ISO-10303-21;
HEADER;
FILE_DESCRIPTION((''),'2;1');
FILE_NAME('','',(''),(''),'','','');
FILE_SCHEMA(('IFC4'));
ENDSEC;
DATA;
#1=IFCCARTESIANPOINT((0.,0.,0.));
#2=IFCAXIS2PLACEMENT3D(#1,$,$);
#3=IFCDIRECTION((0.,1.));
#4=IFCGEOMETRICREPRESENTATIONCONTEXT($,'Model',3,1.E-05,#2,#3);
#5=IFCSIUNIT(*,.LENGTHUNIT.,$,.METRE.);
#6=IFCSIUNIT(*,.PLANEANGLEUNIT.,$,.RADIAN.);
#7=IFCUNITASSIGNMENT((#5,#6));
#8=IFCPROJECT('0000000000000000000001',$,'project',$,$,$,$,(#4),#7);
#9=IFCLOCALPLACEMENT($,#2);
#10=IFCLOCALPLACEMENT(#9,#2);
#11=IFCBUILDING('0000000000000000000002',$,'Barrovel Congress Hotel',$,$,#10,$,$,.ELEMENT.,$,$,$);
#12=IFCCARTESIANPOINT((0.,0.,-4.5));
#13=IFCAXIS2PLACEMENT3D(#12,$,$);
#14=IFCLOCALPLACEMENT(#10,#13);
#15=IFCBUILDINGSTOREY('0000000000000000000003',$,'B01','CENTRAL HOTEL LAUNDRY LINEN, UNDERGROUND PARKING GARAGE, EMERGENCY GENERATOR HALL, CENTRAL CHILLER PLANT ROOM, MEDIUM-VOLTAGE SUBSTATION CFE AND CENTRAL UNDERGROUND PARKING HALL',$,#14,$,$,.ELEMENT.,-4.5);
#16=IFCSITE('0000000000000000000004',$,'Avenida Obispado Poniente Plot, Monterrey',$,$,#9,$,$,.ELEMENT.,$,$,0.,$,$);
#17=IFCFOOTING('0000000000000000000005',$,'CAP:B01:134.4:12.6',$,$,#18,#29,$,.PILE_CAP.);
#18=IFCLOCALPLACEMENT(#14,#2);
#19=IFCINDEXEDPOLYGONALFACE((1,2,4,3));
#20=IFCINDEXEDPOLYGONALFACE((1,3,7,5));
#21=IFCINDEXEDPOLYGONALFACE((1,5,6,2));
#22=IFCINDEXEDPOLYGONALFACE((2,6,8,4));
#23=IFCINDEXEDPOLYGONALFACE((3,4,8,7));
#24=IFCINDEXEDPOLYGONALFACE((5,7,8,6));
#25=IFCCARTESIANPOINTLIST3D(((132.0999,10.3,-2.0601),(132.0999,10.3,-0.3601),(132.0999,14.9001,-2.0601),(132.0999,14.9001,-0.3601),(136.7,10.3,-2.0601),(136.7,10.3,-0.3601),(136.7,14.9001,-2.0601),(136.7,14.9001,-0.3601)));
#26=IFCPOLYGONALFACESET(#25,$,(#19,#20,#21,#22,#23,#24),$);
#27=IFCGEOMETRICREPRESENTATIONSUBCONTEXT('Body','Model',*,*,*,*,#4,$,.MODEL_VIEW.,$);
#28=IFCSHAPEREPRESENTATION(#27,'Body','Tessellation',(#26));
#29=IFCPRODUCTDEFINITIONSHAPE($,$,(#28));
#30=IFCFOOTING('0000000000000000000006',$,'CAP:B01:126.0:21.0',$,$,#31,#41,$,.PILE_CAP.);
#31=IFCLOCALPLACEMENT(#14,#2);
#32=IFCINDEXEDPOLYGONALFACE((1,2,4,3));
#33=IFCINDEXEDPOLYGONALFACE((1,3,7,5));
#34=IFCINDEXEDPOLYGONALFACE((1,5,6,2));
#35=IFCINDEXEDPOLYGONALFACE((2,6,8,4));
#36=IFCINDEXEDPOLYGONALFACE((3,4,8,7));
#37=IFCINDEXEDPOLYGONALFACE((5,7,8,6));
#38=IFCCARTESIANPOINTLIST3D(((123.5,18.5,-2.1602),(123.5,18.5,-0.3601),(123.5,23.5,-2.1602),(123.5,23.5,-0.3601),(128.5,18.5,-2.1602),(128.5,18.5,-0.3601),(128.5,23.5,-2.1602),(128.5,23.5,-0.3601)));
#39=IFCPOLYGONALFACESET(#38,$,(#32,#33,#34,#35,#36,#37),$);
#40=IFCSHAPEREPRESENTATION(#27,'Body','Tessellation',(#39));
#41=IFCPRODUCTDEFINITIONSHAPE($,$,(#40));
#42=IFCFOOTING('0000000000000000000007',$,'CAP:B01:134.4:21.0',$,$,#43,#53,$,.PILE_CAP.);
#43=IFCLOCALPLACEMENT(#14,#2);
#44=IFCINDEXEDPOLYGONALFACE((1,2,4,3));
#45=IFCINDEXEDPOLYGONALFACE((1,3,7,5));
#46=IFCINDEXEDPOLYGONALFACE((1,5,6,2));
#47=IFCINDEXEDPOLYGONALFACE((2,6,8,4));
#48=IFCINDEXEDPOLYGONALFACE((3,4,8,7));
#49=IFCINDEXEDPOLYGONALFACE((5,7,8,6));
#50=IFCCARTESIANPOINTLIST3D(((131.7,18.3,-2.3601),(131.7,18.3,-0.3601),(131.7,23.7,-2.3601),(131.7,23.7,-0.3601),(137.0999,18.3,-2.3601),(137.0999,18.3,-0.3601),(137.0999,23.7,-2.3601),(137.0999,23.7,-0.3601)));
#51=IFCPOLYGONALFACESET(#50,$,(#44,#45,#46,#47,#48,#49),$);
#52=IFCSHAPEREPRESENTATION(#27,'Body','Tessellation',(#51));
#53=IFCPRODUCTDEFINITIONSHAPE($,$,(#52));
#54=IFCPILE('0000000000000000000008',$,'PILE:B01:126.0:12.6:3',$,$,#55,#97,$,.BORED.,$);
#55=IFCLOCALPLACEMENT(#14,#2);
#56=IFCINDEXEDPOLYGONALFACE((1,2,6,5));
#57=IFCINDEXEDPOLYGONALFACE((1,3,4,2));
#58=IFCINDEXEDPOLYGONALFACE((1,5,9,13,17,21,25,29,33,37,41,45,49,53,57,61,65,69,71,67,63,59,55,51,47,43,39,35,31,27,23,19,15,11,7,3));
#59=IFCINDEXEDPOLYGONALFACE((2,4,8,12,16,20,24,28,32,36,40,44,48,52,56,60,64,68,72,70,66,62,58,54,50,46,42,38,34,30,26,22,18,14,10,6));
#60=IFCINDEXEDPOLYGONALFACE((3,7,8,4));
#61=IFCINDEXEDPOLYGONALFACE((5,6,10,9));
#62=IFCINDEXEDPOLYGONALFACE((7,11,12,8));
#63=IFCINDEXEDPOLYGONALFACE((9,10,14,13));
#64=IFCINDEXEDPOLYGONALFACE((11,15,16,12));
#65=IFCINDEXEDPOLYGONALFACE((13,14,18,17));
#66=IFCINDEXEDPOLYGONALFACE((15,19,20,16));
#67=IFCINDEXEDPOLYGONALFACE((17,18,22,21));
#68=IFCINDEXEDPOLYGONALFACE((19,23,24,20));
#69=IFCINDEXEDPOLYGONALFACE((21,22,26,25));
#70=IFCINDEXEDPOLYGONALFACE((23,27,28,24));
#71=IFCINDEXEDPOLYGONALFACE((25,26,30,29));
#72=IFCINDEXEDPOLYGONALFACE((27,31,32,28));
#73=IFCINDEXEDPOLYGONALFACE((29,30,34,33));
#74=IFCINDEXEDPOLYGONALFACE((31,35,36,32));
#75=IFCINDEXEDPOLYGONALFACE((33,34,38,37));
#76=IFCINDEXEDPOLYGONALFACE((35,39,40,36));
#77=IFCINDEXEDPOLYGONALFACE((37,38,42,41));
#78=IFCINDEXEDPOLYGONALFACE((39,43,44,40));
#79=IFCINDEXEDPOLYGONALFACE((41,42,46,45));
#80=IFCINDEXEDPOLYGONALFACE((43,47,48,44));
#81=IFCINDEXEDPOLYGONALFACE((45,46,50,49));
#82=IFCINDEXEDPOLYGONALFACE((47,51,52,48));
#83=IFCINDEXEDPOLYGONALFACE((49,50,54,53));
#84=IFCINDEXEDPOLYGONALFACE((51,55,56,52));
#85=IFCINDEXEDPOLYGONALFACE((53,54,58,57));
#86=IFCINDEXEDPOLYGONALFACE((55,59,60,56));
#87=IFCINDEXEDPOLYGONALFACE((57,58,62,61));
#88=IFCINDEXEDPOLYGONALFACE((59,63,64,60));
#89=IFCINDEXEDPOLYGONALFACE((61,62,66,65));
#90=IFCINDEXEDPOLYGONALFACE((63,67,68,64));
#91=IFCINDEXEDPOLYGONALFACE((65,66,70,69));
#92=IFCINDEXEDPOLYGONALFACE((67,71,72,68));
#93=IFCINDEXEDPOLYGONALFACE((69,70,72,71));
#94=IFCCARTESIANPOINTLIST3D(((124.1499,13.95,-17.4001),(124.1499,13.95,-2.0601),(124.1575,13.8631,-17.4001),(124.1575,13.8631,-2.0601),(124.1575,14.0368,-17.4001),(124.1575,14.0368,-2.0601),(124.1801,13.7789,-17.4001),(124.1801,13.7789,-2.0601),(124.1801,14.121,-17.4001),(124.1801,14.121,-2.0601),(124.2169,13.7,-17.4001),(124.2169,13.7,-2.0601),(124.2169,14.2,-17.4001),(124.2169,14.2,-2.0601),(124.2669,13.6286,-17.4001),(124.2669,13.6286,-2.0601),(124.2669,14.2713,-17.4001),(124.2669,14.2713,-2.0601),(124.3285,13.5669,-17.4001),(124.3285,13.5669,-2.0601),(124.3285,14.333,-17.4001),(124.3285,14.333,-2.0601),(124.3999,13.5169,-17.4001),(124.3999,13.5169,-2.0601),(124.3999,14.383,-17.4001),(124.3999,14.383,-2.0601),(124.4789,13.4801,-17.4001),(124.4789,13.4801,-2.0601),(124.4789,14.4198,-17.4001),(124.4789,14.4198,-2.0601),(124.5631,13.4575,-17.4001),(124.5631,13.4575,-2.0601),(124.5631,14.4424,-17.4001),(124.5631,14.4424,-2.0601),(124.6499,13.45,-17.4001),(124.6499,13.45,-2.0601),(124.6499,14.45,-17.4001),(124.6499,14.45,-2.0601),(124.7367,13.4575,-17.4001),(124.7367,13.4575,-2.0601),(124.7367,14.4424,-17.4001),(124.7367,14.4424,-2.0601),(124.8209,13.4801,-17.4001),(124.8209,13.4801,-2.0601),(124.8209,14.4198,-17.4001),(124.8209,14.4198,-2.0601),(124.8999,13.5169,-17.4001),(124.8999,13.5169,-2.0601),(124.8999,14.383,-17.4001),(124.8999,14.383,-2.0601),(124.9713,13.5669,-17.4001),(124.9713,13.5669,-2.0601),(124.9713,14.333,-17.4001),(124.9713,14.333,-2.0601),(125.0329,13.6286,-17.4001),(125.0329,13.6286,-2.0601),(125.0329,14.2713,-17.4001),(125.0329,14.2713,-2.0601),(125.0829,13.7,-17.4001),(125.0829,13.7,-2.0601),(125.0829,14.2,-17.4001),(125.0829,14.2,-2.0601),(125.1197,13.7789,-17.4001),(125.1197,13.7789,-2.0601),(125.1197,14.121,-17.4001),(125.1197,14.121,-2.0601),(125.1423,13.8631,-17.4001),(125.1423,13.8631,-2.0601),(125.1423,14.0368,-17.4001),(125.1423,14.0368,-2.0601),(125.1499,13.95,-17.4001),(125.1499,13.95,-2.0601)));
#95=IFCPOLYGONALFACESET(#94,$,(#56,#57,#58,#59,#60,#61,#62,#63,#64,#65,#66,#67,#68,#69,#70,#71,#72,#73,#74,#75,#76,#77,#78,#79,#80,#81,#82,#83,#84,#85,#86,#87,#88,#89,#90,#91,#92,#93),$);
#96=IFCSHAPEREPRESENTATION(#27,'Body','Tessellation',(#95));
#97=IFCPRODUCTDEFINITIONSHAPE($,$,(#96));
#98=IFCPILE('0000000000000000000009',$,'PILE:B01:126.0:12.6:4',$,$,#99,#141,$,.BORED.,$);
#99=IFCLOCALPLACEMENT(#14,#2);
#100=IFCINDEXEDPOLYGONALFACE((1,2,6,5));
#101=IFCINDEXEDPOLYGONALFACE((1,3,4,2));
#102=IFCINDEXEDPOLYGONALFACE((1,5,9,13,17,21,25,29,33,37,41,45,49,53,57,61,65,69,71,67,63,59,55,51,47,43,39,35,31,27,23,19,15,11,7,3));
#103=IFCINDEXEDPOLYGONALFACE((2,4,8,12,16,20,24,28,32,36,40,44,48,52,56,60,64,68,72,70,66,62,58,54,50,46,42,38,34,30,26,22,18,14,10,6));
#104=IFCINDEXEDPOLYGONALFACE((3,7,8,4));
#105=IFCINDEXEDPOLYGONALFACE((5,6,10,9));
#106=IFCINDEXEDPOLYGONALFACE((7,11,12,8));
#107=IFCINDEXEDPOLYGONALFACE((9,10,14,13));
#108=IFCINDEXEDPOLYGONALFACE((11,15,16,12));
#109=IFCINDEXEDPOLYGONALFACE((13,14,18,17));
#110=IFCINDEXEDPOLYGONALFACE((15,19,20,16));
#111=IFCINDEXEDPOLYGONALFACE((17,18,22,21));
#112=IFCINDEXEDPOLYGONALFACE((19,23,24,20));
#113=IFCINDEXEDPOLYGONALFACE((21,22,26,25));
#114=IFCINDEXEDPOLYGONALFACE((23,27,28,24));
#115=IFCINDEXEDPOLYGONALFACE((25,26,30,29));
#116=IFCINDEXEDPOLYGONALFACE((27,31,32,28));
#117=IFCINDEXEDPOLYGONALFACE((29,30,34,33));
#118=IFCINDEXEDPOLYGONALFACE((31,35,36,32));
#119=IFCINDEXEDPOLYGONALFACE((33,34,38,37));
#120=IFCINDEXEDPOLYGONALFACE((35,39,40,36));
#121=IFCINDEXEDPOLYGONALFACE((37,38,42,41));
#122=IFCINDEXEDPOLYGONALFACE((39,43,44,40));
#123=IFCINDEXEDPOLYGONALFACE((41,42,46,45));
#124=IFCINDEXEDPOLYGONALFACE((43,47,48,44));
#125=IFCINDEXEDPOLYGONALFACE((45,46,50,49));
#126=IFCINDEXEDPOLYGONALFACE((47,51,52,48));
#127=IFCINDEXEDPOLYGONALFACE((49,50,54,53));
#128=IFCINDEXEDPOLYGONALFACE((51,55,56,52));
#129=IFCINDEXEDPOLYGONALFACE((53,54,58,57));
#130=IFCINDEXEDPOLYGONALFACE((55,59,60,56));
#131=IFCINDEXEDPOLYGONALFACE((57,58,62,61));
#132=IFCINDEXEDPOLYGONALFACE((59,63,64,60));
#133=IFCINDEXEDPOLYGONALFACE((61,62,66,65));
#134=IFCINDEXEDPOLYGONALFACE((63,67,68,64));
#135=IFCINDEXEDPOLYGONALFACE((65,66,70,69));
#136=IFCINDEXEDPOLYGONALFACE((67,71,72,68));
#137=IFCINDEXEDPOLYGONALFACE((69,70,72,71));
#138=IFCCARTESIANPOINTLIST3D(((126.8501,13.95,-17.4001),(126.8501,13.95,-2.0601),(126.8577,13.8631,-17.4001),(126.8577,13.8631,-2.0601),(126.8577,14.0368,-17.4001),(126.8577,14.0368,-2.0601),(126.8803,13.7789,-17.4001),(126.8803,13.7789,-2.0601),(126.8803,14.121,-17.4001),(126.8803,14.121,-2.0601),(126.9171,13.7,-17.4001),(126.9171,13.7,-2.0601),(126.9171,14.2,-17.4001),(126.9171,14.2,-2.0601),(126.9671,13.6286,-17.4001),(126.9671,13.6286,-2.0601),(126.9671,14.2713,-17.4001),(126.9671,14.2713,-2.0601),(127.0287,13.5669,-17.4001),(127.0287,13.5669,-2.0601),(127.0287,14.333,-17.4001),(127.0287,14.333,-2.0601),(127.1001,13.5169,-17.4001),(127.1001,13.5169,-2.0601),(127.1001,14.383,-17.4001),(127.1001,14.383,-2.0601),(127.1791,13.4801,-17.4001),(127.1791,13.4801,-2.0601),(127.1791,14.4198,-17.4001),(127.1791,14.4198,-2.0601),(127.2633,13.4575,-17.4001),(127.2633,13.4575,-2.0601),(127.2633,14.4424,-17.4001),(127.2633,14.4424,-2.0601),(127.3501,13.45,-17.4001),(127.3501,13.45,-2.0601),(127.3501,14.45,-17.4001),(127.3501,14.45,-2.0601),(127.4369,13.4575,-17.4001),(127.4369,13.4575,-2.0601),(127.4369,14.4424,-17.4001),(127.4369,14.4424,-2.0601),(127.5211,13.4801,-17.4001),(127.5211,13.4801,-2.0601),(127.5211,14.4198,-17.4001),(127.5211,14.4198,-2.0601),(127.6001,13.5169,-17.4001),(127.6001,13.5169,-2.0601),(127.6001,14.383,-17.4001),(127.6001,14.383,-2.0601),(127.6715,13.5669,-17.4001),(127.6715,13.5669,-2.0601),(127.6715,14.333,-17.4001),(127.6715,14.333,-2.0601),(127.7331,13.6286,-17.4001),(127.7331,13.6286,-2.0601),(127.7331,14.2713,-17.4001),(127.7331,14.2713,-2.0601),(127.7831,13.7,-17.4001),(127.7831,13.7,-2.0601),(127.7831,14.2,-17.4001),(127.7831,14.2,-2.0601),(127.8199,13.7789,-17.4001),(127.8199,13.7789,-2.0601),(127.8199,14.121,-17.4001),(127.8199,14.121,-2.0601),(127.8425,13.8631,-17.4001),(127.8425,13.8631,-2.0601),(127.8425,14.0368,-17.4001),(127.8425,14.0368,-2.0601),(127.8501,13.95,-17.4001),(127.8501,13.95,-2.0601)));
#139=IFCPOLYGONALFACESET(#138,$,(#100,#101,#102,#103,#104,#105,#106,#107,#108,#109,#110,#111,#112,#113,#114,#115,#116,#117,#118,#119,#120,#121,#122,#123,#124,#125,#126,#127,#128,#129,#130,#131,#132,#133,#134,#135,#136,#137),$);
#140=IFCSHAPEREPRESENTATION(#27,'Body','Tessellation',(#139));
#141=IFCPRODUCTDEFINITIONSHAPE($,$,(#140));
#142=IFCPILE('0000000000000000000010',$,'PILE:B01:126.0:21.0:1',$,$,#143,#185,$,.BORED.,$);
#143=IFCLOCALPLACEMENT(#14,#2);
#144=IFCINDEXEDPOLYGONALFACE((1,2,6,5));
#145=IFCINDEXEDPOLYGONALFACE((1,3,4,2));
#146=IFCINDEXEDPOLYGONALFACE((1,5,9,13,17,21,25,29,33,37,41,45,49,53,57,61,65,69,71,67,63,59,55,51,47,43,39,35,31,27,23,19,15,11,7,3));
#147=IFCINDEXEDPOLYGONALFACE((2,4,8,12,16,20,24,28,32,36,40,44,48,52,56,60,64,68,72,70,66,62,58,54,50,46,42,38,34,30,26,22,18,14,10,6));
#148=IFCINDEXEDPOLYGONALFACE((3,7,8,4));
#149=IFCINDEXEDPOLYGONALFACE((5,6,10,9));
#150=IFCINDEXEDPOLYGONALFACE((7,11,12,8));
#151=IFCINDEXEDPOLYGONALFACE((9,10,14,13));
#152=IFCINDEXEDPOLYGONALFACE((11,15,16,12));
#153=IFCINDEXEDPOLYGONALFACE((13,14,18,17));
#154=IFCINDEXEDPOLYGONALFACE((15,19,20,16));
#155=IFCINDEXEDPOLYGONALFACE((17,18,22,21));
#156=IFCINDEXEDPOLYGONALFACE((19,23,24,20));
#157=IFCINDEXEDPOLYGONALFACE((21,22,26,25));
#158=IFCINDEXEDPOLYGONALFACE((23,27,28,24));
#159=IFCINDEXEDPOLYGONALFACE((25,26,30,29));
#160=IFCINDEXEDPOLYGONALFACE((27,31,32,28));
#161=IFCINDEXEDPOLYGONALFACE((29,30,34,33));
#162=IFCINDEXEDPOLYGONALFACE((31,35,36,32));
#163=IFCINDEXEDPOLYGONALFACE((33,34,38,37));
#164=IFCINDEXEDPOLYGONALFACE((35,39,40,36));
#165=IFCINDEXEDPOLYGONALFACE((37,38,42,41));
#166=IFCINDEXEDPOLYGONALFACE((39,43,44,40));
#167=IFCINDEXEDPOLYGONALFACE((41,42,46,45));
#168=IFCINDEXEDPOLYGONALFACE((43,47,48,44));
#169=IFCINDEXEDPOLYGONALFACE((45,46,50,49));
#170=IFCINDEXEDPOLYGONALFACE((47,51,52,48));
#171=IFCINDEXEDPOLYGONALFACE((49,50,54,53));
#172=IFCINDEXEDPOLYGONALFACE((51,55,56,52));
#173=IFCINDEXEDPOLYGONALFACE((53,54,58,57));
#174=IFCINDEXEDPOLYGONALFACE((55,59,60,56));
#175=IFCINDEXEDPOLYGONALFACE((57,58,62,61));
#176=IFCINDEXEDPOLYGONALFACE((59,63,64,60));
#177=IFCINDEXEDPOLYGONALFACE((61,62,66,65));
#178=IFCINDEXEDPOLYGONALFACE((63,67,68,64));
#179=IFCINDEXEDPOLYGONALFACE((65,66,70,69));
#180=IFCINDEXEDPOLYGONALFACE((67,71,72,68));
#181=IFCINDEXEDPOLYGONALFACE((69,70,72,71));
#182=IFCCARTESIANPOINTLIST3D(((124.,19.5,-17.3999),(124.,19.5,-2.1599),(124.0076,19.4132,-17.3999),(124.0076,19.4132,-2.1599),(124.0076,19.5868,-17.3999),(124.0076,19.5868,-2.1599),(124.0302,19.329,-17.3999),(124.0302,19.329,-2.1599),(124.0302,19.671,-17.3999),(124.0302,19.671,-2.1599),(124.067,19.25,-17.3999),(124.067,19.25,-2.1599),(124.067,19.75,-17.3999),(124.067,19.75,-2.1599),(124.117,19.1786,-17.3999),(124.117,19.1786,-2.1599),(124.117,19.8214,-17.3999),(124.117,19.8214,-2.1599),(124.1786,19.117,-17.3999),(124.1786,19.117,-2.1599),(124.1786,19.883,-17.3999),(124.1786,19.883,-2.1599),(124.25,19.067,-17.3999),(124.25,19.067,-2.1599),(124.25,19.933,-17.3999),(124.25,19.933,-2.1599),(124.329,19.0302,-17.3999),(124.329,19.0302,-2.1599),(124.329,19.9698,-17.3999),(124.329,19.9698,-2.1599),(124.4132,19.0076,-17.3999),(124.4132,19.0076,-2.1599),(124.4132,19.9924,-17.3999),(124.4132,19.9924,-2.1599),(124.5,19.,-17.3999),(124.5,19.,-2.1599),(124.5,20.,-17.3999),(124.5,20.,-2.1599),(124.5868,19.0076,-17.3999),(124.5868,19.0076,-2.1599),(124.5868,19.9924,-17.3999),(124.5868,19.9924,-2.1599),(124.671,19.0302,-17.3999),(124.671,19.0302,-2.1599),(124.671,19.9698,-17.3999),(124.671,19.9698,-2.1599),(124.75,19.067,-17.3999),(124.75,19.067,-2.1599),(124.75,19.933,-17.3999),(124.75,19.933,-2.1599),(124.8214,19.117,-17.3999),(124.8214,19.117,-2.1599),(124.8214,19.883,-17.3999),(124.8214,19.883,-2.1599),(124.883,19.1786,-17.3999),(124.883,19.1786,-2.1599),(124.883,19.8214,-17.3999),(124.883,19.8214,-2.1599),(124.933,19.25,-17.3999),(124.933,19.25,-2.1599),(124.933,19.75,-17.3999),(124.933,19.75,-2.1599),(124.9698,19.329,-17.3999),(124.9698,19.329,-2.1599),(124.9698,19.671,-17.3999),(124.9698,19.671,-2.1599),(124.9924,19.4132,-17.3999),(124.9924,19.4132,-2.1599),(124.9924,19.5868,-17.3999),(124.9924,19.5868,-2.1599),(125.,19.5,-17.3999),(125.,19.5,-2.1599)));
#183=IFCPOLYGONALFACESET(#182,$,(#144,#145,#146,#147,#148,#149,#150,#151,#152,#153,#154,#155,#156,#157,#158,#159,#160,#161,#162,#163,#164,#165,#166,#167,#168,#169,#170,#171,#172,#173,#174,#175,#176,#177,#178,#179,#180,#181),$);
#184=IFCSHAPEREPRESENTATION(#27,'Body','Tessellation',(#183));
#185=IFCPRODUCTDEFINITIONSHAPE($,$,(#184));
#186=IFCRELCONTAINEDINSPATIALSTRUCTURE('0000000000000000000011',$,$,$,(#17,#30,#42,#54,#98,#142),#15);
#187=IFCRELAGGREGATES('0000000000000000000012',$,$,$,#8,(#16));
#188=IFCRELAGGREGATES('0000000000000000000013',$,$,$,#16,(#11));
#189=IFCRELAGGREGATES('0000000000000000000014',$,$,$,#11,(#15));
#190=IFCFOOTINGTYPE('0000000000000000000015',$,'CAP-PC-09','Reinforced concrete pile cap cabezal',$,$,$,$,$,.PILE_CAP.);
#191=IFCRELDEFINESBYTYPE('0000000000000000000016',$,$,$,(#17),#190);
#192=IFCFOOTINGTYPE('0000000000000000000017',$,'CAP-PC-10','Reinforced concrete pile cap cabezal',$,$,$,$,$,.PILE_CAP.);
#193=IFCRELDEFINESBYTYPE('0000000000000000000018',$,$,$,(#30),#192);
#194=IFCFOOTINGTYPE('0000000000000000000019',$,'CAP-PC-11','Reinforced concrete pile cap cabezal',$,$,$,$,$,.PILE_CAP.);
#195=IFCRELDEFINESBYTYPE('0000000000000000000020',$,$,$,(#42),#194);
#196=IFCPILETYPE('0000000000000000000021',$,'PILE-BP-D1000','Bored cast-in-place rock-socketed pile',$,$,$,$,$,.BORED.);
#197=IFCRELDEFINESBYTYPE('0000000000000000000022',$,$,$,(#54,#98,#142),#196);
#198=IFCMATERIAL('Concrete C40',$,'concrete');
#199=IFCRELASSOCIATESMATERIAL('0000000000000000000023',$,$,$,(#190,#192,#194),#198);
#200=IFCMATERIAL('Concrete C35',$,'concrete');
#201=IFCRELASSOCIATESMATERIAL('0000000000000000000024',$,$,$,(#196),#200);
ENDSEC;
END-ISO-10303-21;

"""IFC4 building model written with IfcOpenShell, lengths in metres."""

from ifc_helpers import new_model, si_unit, direction, frame, origin, origin_2d, place, context, subcontext, project, spatial, rectangle, circle, extrude, material, material_profile, profile_set, type_object, element, save


model = new_model("IFC4")

# Units and contexts
model_context = context("Model", 3, precision=1e-05, world=origin(), true_north=direction((0.0, 1.0)))
body_context = subcontext(model_context, "Body", "Model", "MODEL_VIEW")
ifc_project = project(units=[si_unit("LENGTHUNIT", "METRE"), si_unit("PLANEANGLEUNIT", "RADIAN")], contexts=[model_context])

# Site, building, storey
site_placement = place(None, origin())
site = spatial("IfcSite", under=ifc_project, at=site_placement, Name="Avenida Obispado Poniente Plot, Monterrey", CompositionType="ELEMENT", RefElevation=0.0)
building_placement = place(site_placement, origin())
building = spatial("IfcBuilding", under=site, at=building_placement, Name="Barrovel Congress Hotel", CompositionType="ELEMENT")
storey_placement = place(building_placement, frame((0.0, 0.0, -4.5)))
storey = spatial("IfcBuildingStorey", under=building, at=storey_placement, Name="B01", Description="CENTRAL HOTEL LAUNDRY LINEN, UNDERGROUND PARKING GARAGE, EMERGENCY GENERATOR HALL, CENTRAL CHILLER PLANT ROOM, MEDIUM-VOLTAGE SUBSTATION CFE AND CENTRAL UNDERGROUND PARKING HALL", CompositionType="ELEMENT", Elevation=-4.5)

# Footings
ifc_material_1 = material(Name="Concrete C40", Category="concrete")
footing_type_1 = type_object("IfcFootingType", Name="CAP-PC-09", Description="Reinforced concrete pile cap cabezal", PredefinedType="PILE_CAP", material=ifc_material_1)
footing_1_placement = place(storey_placement, frame((134.3999, 12.6001, -2.0601), z_axis=(0.0, 0.0, 1.0), x_axis=(1.0, 0.0, 0.0)))
element("IfcFooting", 1, at=footing_1_placement, inside=storey, type_object=footing_type_1, Name="CAP:B01:134.4:12.6", PredefinedType="PILE_CAP", context=body_context, shape_type="SweptSolid", body=[
    extrude(rectangle(XDim=4.6001, YDim=4.6001, at=origin_2d()), origin(), (0.0, 0.0, 1.0), 1.7),
])
footing_type_2 = type_object("IfcFootingType", Name="CAP-PC-10", Description="Reinforced concrete pile cap cabezal", PredefinedType="PILE_CAP", material=ifc_material_1)
footing_2_placement = place(storey_placement, frame((126.0, 21.0, -2.1602), z_axis=(0.0, 0.0, 1.0), x_axis=(1.0, 0.0, 0.0)))
element("IfcFooting", 2, at=footing_2_placement, inside=storey, type_object=footing_type_2, Name="CAP:B01:126.0:21.0", PredefinedType="PILE_CAP", context=body_context, shape_type="SweptSolid", body=[
    extrude(rectangle(XDim=5.0, YDim=5.0, at=origin_2d()), origin(), (0.0, 0.0, 1.0), 1.8),
])
footing_type_3 = type_object("IfcFootingType", Name="CAP-PC-11", Description="Reinforced concrete pile cap cabezal", PredefinedType="PILE_CAP", material=ifc_material_1)
footing_3_placement = place(storey_placement, frame((134.3999, 21.0, -2.3601), z_axis=(0.0, 0.0, 1.0), x_axis=(1.0, 0.0, 0.0)))
element("IfcFooting", 3, at=footing_3_placement, inside=storey, type_object=footing_type_3, Name="CAP:B01:134.4:21.0", PredefinedType="PILE_CAP", context=body_context, shape_type="SweptSolid", body=[
    extrude(rectangle(XDim=5.3999, YDim=5.3999, at=origin_2d()), origin(), (0.0, 0.0, 1.0), 2.0),
])

# Piles
ifc_material_2 = material(Name="Concrete C35", Category="concrete")
ifc_material_profile_1 = material_profile(ifc_material_2, circle(Radius=0.5, at=origin_2d()), Name="BP-D1000")
ifc_profile_set_1 = profile_set([ifc_material_profile_1], Name="Concrete C35")
pile_type_1 = type_object("IfcPileType", Name="PILE-BP-D1000", Description="Bored cast-in-place rock-socketed pile", PredefinedType="BORED", material=ifc_profile_set_1)
for number, where, z_axis, x_axis, name in (
    (4, (124.6499, 13.95, -2.0601), (0.0, 0.0, -1.0), (1.0, 0.0, 0.0), "PILE:B01:126.0:12.6:3"),
    (5, (127.3501, 13.95, -2.0601), (0.0, 0.0, -1.0), (1.0, 0.0, 0.0), "PILE:B01:126.0:12.6:4"),
):
    element("IfcPile", number, at=place(storey_placement, frame(where, z_axis=z_axis, x_axis=x_axis)), inside=storey, type_object=pile_type_1, Name=name, PredefinedType="BORED", context=body_context, shape_type="SweptSolid", body=[
        extrude(circle(Radius=0.5, at=origin_2d()), origin(), (0.0, 0.0, 1.0), 15.3401),
    ])
for number, where, z_axis, x_axis, name in (
    (6, (124.5, 19.5, -2.1599), (0.0, 0.0, -1.0), (1.0, 0.0, 0.0), "PILE:B01:126.0:21.0:1"),
):
    element("IfcPile", number, at=place(storey_placement, frame(where, z_axis=z_axis, x_axis=x_axis)), inside=storey, type_object=pile_type_1, Name=name, PredefinedType="BORED", context=body_context, shape_type="SweptSolid", body=[
        extrude(circle(Radius=0.5, at=origin_2d()), origin(), (0.0, 0.0, 1.0), 15.24),
    ])

save(model, "model.ifc")
